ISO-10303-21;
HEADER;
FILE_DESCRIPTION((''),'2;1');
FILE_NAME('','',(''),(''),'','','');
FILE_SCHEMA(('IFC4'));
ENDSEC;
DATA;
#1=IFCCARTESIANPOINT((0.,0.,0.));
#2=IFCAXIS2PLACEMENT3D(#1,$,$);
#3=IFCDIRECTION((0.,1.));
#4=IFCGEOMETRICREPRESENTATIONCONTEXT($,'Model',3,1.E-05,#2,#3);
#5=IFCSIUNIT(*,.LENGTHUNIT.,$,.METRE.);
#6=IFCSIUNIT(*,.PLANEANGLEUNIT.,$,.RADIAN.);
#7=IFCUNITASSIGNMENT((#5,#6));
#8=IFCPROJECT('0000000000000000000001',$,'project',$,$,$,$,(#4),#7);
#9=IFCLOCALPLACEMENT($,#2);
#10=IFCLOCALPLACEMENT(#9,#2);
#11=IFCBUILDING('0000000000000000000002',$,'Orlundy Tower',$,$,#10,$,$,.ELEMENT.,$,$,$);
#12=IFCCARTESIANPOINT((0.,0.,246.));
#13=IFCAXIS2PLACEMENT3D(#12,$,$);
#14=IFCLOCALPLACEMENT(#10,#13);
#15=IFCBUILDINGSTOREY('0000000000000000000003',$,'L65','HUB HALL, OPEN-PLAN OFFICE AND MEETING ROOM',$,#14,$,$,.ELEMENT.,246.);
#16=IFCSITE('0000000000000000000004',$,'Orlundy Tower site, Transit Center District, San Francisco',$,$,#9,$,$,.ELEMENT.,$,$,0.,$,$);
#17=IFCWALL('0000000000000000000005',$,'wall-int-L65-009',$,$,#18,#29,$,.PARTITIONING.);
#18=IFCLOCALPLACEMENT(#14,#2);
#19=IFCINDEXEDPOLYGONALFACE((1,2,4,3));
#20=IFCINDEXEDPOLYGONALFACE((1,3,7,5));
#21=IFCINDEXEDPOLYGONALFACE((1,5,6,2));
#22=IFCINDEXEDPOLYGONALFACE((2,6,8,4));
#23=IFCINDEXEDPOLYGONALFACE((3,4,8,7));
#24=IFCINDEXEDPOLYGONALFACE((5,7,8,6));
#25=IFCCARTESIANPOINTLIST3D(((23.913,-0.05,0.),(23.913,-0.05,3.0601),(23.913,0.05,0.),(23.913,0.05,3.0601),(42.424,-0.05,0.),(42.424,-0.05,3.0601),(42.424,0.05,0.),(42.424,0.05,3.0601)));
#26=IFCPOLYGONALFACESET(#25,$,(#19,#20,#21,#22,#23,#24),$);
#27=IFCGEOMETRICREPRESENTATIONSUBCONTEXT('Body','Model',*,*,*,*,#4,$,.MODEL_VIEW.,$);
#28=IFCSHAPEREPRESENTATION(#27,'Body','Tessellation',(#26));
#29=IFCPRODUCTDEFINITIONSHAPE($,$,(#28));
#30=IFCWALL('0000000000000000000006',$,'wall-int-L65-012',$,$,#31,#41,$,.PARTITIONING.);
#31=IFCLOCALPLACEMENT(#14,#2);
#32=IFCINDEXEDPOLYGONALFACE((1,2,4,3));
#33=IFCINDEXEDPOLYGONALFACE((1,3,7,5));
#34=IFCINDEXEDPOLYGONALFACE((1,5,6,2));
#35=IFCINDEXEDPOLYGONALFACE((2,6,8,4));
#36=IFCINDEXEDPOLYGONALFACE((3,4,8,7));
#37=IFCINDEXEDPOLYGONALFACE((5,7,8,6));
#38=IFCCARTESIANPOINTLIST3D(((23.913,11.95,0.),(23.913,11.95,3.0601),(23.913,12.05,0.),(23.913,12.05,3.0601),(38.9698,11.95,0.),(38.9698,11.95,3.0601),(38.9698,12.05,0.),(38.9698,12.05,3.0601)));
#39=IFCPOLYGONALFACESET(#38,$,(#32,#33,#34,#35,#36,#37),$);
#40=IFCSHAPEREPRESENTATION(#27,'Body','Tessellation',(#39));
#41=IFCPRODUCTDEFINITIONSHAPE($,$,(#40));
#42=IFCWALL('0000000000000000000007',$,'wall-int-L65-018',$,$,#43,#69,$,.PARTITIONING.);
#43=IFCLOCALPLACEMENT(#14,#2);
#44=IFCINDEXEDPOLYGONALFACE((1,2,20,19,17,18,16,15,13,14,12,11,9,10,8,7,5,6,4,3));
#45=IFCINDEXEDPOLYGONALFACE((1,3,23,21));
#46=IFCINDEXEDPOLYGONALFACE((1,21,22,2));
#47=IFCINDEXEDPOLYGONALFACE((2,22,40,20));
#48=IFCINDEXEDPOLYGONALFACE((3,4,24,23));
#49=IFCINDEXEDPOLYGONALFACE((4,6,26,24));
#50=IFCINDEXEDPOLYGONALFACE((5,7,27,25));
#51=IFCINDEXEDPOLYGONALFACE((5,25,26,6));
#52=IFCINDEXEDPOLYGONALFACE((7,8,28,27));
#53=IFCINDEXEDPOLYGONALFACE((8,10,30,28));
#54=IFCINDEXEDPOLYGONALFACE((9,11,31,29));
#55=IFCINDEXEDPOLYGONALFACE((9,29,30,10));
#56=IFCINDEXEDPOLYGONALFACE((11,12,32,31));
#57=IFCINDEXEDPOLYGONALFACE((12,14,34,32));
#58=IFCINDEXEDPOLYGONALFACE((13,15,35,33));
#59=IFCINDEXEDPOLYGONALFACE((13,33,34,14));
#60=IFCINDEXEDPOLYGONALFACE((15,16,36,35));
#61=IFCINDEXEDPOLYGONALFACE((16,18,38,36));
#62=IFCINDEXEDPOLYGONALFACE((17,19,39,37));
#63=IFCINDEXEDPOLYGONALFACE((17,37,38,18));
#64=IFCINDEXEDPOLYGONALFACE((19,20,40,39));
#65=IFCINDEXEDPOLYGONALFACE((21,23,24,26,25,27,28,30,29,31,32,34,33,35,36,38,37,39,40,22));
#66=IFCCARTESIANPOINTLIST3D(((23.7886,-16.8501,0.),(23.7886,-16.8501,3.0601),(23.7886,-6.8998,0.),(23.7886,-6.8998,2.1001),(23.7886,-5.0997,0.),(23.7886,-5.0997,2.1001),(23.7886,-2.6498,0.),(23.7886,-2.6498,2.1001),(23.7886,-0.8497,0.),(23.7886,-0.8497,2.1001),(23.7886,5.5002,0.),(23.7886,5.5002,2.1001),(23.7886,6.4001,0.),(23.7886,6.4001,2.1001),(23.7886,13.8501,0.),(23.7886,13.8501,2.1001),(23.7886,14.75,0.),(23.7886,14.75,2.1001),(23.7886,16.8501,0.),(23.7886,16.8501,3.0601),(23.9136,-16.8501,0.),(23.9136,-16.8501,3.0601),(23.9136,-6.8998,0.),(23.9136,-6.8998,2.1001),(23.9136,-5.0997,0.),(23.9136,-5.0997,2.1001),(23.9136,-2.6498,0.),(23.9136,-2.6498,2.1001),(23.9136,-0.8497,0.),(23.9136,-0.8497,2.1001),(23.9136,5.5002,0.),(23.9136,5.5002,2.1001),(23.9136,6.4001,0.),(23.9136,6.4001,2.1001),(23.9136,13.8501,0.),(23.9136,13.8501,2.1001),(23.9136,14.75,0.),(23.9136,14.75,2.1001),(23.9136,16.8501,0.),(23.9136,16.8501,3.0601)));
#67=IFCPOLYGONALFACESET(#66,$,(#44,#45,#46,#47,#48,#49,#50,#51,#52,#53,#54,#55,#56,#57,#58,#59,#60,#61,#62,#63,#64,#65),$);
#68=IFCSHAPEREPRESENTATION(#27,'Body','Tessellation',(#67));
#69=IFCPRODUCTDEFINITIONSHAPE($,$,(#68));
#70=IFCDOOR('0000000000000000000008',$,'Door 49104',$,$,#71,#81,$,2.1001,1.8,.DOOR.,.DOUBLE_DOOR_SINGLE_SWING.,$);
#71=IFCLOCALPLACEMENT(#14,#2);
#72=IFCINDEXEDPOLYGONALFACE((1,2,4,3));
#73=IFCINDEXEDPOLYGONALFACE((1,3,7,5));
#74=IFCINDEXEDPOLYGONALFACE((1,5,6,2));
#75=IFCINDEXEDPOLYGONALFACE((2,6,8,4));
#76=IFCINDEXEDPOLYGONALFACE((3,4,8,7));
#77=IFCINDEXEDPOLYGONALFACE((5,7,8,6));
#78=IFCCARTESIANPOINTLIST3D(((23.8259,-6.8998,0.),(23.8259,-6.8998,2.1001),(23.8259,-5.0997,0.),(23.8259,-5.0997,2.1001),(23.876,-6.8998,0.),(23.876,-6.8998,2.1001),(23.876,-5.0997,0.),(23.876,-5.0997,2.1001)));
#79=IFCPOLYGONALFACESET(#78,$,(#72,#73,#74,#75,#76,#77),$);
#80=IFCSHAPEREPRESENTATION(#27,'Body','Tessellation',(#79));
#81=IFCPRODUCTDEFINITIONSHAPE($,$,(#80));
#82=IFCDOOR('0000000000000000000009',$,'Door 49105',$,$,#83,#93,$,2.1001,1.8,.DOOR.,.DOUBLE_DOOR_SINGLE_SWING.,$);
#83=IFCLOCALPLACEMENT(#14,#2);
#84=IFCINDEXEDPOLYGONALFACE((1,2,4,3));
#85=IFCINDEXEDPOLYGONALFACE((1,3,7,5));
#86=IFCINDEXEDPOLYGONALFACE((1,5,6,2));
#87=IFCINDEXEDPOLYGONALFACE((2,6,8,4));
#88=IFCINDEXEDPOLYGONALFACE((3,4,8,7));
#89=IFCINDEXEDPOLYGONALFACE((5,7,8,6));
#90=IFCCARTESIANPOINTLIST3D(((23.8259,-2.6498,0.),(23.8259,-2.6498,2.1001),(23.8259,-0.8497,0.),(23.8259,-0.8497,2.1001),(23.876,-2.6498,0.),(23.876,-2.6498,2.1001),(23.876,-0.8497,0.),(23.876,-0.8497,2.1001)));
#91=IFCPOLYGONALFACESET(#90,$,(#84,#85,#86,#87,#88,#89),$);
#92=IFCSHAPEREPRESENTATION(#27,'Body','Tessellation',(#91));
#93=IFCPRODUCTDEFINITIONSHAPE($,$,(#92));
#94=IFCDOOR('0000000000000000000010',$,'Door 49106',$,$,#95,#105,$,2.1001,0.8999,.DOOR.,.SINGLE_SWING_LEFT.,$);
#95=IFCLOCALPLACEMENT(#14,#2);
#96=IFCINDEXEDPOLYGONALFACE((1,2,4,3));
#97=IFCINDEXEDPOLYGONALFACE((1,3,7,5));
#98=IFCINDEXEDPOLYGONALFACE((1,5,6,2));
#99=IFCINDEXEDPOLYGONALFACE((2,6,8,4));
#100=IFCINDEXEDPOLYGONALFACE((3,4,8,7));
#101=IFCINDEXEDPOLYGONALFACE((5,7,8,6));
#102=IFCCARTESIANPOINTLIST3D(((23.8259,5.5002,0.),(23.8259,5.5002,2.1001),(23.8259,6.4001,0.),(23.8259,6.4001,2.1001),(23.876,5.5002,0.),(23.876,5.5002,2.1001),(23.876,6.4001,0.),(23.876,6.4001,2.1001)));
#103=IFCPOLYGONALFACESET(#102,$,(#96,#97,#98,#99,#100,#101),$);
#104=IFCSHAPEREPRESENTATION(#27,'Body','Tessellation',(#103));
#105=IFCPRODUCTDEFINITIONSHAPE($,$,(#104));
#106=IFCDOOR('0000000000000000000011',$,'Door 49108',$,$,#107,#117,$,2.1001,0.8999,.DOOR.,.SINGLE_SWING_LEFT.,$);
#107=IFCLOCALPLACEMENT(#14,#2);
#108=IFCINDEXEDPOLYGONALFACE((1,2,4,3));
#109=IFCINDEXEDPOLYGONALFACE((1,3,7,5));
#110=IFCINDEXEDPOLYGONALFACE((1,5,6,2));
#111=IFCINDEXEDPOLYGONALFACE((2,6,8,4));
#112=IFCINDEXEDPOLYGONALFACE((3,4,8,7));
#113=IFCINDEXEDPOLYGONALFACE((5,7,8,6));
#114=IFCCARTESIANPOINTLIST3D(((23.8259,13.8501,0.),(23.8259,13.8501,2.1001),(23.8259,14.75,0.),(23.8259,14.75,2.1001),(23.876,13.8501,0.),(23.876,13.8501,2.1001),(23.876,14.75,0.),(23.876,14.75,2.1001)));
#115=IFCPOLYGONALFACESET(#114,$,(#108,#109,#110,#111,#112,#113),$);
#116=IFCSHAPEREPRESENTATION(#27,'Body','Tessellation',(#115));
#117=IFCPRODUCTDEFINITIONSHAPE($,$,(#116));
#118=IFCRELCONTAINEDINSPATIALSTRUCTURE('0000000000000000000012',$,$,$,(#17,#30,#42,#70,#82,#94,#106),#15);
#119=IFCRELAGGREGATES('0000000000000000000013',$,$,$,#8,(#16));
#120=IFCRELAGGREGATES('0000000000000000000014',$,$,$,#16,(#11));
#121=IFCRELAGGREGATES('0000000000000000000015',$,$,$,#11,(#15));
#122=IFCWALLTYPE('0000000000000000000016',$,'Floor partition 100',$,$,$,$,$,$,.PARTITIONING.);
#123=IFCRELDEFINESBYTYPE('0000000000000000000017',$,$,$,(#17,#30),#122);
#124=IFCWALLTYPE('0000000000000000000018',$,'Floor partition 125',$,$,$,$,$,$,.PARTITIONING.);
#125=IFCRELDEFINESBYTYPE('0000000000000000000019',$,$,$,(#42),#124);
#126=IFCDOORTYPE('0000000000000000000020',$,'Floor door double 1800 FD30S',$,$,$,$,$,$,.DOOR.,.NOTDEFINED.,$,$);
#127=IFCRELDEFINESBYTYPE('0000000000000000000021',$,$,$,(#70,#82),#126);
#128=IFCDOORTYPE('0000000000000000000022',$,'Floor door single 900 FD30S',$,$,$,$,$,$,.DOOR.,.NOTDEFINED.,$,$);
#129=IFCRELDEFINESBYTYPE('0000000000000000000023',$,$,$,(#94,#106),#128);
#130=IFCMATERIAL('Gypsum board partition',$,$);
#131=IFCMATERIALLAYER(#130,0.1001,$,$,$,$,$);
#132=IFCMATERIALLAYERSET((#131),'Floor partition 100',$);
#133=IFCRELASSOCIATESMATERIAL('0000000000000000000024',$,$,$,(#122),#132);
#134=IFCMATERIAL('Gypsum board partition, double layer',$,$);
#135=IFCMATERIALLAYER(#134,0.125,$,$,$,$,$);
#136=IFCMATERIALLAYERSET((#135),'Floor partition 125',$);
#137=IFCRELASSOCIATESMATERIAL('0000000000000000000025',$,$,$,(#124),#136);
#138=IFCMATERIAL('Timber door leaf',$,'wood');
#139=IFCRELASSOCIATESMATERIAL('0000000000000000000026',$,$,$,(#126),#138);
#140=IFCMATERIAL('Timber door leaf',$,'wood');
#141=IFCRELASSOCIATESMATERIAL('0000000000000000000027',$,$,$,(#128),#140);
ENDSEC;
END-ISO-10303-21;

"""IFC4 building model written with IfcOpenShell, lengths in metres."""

from ifc_helpers import new_model, si_unit, direction, frame, frame_2d, origin, place, context, subcontext, project, spatial, rectangle, extrude, material, layer, layer_set, type_object, element, fill, save


model = new_model("IFC4")

# Units and contexts
model_context = context("Model", 3, precision=1e-05, world=origin(), true_north=direction((0.0, 1.0)))
body_context = subcontext(model_context, "Body", "Model", "MODEL_VIEW")
ifc_project = project(units=[si_unit("LENGTHUNIT", "METRE"), si_unit("PLANEANGLEUNIT", "RADIAN")], contexts=[model_context])

# Site, building, storey
site_placement = place(None, origin())
site = spatial("IfcSite", under=ifc_project, at=site_placement, Name="Orlundy Tower site, Transit Center District, San Francisco", CompositionType="ELEMENT", RefElevation=0.0)
building_placement = place(site_placement, origin())
building = spatial("IfcBuilding", under=site, at=building_placement, Name="Orlundy Tower", CompositionType="ELEMENT")
storey_placement = place(building_placement, frame((0.0, 0.0, 246.0)))
storey = spatial("IfcBuildingStorey", under=building, at=storey_placement, Name="L65", Description="HUB HALL, OPEN-PLAN OFFICE AND MEETING ROOM", CompositionType="ELEMENT", Elevation=246.0)

# Walls
ifc_material_1 = material(Name="Gypsum board partition")
ifc_layer_1 = layer(ifc_material_1, 0.1001)
ifc_layer_set_1 = layer_set([ifc_layer_1], Name="Floor partition 100")
wall_type_1 = type_object("IfcWallType", Name="Floor partition 100", PredefinedType="PARTITIONING", material=ifc_layer_set_1)
wall_1_placement = place(storey_placement, frame((23.9131, 0.0, 0.0), z_axis=(0.0, 0.0, 1.0), x_axis=(1.0, 0.0, 0.0)))
element("IfcWall", 1, at=wall_1_placement, inside=storey, type_object=wall_type_1, Name="wall-int-L65-009", PredefinedType="PARTITIONING", context=body_context, shape_type="SweptSolid", body=[
    extrude(rectangle(XDim=18.511, YDim=0.1001, at=frame_2d((9.2554, 0.0))), origin(), (0.0, 0.0, 1.0), 3.0601),
])
wall_2_placement = place(storey_placement, frame((23.9131, 12.0, 0.0), z_axis=(0.0, 0.0, 1.0), x_axis=(1.0, 0.0, 0.0)))
element("IfcWall", 2, at=wall_2_placement, inside=storey, type_object=wall_type_1, Name="wall-int-L65-012", PredefinedType="PARTITIONING", context=body_context, shape_type="SweptSolid", body=[
    extrude(rectangle(XDim=15.0569, YDim=0.1001, at=frame_2d((7.5283, 0.0))), origin(), (0.0, 0.0, 1.0), 3.0601),
])

# Wall, openings, doors
ifc_material_2 = material(Name="Gypsum board partition, double layer")
ifc_layer_2 = layer(ifc_material_2, 0.125)
ifc_layer_set_2 = layer_set([ifc_layer_2], Name="Floor partition 125")
wall_type_2 = type_object("IfcWallType", Name="Floor partition 125", PredefinedType="PARTITIONING", material=ifc_layer_set_2)
wall_3_placement = place(storey_placement, frame((23.8511, 16.8501, 0.0), z_axis=(0.0, 0.0, 1.0), x_axis=(0.0, -1.0, 0.0)))
wall_3 = element("IfcWall", 3, at=wall_3_placement, inside=storey, type_object=wall_type_2, Name="wall-int-L65-018", PredefinedType="PARTITIONING", context=body_context, shape_type="SweptSolid", body=[
    extrude(rectangle(XDim=33.7002, YDim=0.125, at=frame_2d((16.8501, 0.0))), origin(), (0.0, 0.0, 1.0), 3.0601),
])
opening_1_placement = place(wall_3_placement, frame((21.95, 0.0, 0.0)))
opening_1 = element("IfcOpeningElement", 4, at=opening_1_placement, cuts=wall_3, PredefinedType="OPENING", context=body_context, shape_type="SweptSolid", body=[
    extrude(rectangle(XDim=1.8, YDim=2.1001, at=frame_2d((0.8999, 1.05))), frame((0.0, 0.0725, 0.0), z_axis=(0.0, -1.0, 0.0), x_axis=(1.0, 0.0, 0.0)), (0.0, 0.0, 1.0), 0.145),
])
opening_2_placement = place(wall_3_placement, frame((17.7, 0.0, 0.0)))
opening_2 = element("IfcOpeningElement", 5, at=opening_2_placement, cuts=wall_3, PredefinedType="OPENING", context=body_context, shape_type="SweptSolid", body=[
    extrude(rectangle(XDim=1.8, YDim=2.1001, at=frame_2d((0.8999, 1.05))), frame((0.0, 0.0725, 0.0), z_axis=(0.0, -1.0, 0.0), x_axis=(1.0, 0.0, 0.0)), (0.0, 0.0, 1.0), 0.145),
])
opening_3_placement = place(wall_3_placement, frame((10.45, 0.0, 0.0)))
opening_3 = element("IfcOpeningElement", 6, at=opening_3_placement, cuts=wall_3, PredefinedType="OPENING", context=body_context, shape_type="SweptSolid", body=[
    extrude(rectangle(XDim=0.8999, YDim=2.1001, at=frame_2d((0.45, 1.05))), frame((0.0, 0.0725, 0.0), z_axis=(0.0, -1.0, 0.0), x_axis=(1.0, 0.0, 0.0)), (0.0, 0.0, 1.0), 0.145),
])
opening_4_placement = place(wall_3_placement, frame((2.1001, 0.0, 0.0)))
opening_4 = element("IfcOpeningElement", 7, at=opening_4_placement, cuts=wall_3, PredefinedType="OPENING", context=body_context, shape_type="SweptSolid", body=[
    extrude(rectangle(XDim=0.8999, YDim=2.1001, at=frame_2d((0.45, 1.05))), frame((0.0, 0.0725, 0.0), z_axis=(0.0, -1.0, 0.0), x_axis=(1.0, 0.0, 0.0)), (0.0, 0.0, 1.0), 0.145),
])
ifc_material_3 = material(Name="Timber door leaf", Category="wood")
door_type_1 = type_object("IfcDoorType", Name="Floor door double 1800 FD30S", OperationType="NOTDEFINED", PredefinedType="DOOR", material=ifc_material_3)
door_1_placement = place(opening_1_placement, origin())
door_1 = element("IfcDoor", 8, at=door_1_placement, inside=storey, type_object=door_type_1, Name="Door 49104", OperationType="DOUBLE_DOOR_SINGLE_SWING", OverallHeight=2.1001, OverallWidth=1.8, PredefinedType="DOOR", context=body_context, shape_type="SweptSolid", body=[
    extrude(rectangle(XDim=1.8, YDim=2.1001, at=frame_2d((0.8999, 1.05))), frame((0.0, 0.0249, 0.0), z_axis=(0.0, -1.0, 0.0), x_axis=(1.0, 0.0, 0.0)), (0.0, 0.0, 1.0), 0.05),
])
fill(opening_1, door_1)
door_2_placement = place(opening_2_placement, origin())
door_2 = element("IfcDoor", 9, at=door_2_placement, inside=storey, type_object=door_type_1, Name="Door 49105", OperationType="DOUBLE_DOOR_SINGLE_SWING", OverallHeight=2.1001, OverallWidth=1.8, PredefinedType="DOOR", context=body_context, shape_type="SweptSolid", body=[
    extrude(rectangle(XDim=1.8, YDim=2.1001, at=frame_2d((0.8999, 1.05))), frame((0.0, 0.0249, 0.0), z_axis=(0.0, -1.0, 0.0), x_axis=(1.0, 0.0, 0.0)), (0.0, 0.0, 1.0), 0.05),
])
fill(opening_2, door_2)
ifc_material_4 = material(Name="Timber door leaf", Category="wood")
door_type_2 = type_object("IfcDoorType", Name="Floor door single 900 FD30S", OperationType="NOTDEFINED", PredefinedType="DOOR", material=ifc_material_4)
door_3_placement = place(opening_3_placement, origin())
door_3 = element("IfcDoor", 10, at=door_3_placement, inside=storey, type_object=door_type_2, Name="Door 49106", OperationType="SINGLE_SWING_LEFT", OverallHeight=2.1001, OverallWidth=0.8999, PredefinedType="DOOR", context=body_context, shape_type="SweptSolid", body=[
    extrude(rectangle(XDim=0.8999, YDim=2.1001, at=frame_2d((0.45, 1.05))), frame((0.0, 0.0249, 0.0), z_axis=(0.0, -1.0, 0.0), x_axis=(1.0, 0.0, 0.0)), (0.0, 0.0, 1.0), 0.05),
])
fill(opening_3, door_3)
door_4_placement = place(opening_4_placement, origin())
door_4 = element("IfcDoor", 11, at=door_4_placement, inside=storey, type_object=door_type_2, Name="Door 49108", OperationType="SINGLE_SWING_LEFT", OverallHeight=2.1001, OverallWidth=0.8999, PredefinedType="DOOR", context=body_context, shape_type="SweptSolid", body=[
    extrude(rectangle(XDim=0.8999, YDim=2.1001, at=frame_2d((0.45, 1.05))), frame((0.0, 0.0249, 0.0), z_axis=(0.0, -1.0, 0.0), x_axis=(1.0, 0.0, 0.0)), (0.0, 0.0, 1.0), 0.05),
])
fill(opening_4, door_4)

save(model, "model.ifc")
